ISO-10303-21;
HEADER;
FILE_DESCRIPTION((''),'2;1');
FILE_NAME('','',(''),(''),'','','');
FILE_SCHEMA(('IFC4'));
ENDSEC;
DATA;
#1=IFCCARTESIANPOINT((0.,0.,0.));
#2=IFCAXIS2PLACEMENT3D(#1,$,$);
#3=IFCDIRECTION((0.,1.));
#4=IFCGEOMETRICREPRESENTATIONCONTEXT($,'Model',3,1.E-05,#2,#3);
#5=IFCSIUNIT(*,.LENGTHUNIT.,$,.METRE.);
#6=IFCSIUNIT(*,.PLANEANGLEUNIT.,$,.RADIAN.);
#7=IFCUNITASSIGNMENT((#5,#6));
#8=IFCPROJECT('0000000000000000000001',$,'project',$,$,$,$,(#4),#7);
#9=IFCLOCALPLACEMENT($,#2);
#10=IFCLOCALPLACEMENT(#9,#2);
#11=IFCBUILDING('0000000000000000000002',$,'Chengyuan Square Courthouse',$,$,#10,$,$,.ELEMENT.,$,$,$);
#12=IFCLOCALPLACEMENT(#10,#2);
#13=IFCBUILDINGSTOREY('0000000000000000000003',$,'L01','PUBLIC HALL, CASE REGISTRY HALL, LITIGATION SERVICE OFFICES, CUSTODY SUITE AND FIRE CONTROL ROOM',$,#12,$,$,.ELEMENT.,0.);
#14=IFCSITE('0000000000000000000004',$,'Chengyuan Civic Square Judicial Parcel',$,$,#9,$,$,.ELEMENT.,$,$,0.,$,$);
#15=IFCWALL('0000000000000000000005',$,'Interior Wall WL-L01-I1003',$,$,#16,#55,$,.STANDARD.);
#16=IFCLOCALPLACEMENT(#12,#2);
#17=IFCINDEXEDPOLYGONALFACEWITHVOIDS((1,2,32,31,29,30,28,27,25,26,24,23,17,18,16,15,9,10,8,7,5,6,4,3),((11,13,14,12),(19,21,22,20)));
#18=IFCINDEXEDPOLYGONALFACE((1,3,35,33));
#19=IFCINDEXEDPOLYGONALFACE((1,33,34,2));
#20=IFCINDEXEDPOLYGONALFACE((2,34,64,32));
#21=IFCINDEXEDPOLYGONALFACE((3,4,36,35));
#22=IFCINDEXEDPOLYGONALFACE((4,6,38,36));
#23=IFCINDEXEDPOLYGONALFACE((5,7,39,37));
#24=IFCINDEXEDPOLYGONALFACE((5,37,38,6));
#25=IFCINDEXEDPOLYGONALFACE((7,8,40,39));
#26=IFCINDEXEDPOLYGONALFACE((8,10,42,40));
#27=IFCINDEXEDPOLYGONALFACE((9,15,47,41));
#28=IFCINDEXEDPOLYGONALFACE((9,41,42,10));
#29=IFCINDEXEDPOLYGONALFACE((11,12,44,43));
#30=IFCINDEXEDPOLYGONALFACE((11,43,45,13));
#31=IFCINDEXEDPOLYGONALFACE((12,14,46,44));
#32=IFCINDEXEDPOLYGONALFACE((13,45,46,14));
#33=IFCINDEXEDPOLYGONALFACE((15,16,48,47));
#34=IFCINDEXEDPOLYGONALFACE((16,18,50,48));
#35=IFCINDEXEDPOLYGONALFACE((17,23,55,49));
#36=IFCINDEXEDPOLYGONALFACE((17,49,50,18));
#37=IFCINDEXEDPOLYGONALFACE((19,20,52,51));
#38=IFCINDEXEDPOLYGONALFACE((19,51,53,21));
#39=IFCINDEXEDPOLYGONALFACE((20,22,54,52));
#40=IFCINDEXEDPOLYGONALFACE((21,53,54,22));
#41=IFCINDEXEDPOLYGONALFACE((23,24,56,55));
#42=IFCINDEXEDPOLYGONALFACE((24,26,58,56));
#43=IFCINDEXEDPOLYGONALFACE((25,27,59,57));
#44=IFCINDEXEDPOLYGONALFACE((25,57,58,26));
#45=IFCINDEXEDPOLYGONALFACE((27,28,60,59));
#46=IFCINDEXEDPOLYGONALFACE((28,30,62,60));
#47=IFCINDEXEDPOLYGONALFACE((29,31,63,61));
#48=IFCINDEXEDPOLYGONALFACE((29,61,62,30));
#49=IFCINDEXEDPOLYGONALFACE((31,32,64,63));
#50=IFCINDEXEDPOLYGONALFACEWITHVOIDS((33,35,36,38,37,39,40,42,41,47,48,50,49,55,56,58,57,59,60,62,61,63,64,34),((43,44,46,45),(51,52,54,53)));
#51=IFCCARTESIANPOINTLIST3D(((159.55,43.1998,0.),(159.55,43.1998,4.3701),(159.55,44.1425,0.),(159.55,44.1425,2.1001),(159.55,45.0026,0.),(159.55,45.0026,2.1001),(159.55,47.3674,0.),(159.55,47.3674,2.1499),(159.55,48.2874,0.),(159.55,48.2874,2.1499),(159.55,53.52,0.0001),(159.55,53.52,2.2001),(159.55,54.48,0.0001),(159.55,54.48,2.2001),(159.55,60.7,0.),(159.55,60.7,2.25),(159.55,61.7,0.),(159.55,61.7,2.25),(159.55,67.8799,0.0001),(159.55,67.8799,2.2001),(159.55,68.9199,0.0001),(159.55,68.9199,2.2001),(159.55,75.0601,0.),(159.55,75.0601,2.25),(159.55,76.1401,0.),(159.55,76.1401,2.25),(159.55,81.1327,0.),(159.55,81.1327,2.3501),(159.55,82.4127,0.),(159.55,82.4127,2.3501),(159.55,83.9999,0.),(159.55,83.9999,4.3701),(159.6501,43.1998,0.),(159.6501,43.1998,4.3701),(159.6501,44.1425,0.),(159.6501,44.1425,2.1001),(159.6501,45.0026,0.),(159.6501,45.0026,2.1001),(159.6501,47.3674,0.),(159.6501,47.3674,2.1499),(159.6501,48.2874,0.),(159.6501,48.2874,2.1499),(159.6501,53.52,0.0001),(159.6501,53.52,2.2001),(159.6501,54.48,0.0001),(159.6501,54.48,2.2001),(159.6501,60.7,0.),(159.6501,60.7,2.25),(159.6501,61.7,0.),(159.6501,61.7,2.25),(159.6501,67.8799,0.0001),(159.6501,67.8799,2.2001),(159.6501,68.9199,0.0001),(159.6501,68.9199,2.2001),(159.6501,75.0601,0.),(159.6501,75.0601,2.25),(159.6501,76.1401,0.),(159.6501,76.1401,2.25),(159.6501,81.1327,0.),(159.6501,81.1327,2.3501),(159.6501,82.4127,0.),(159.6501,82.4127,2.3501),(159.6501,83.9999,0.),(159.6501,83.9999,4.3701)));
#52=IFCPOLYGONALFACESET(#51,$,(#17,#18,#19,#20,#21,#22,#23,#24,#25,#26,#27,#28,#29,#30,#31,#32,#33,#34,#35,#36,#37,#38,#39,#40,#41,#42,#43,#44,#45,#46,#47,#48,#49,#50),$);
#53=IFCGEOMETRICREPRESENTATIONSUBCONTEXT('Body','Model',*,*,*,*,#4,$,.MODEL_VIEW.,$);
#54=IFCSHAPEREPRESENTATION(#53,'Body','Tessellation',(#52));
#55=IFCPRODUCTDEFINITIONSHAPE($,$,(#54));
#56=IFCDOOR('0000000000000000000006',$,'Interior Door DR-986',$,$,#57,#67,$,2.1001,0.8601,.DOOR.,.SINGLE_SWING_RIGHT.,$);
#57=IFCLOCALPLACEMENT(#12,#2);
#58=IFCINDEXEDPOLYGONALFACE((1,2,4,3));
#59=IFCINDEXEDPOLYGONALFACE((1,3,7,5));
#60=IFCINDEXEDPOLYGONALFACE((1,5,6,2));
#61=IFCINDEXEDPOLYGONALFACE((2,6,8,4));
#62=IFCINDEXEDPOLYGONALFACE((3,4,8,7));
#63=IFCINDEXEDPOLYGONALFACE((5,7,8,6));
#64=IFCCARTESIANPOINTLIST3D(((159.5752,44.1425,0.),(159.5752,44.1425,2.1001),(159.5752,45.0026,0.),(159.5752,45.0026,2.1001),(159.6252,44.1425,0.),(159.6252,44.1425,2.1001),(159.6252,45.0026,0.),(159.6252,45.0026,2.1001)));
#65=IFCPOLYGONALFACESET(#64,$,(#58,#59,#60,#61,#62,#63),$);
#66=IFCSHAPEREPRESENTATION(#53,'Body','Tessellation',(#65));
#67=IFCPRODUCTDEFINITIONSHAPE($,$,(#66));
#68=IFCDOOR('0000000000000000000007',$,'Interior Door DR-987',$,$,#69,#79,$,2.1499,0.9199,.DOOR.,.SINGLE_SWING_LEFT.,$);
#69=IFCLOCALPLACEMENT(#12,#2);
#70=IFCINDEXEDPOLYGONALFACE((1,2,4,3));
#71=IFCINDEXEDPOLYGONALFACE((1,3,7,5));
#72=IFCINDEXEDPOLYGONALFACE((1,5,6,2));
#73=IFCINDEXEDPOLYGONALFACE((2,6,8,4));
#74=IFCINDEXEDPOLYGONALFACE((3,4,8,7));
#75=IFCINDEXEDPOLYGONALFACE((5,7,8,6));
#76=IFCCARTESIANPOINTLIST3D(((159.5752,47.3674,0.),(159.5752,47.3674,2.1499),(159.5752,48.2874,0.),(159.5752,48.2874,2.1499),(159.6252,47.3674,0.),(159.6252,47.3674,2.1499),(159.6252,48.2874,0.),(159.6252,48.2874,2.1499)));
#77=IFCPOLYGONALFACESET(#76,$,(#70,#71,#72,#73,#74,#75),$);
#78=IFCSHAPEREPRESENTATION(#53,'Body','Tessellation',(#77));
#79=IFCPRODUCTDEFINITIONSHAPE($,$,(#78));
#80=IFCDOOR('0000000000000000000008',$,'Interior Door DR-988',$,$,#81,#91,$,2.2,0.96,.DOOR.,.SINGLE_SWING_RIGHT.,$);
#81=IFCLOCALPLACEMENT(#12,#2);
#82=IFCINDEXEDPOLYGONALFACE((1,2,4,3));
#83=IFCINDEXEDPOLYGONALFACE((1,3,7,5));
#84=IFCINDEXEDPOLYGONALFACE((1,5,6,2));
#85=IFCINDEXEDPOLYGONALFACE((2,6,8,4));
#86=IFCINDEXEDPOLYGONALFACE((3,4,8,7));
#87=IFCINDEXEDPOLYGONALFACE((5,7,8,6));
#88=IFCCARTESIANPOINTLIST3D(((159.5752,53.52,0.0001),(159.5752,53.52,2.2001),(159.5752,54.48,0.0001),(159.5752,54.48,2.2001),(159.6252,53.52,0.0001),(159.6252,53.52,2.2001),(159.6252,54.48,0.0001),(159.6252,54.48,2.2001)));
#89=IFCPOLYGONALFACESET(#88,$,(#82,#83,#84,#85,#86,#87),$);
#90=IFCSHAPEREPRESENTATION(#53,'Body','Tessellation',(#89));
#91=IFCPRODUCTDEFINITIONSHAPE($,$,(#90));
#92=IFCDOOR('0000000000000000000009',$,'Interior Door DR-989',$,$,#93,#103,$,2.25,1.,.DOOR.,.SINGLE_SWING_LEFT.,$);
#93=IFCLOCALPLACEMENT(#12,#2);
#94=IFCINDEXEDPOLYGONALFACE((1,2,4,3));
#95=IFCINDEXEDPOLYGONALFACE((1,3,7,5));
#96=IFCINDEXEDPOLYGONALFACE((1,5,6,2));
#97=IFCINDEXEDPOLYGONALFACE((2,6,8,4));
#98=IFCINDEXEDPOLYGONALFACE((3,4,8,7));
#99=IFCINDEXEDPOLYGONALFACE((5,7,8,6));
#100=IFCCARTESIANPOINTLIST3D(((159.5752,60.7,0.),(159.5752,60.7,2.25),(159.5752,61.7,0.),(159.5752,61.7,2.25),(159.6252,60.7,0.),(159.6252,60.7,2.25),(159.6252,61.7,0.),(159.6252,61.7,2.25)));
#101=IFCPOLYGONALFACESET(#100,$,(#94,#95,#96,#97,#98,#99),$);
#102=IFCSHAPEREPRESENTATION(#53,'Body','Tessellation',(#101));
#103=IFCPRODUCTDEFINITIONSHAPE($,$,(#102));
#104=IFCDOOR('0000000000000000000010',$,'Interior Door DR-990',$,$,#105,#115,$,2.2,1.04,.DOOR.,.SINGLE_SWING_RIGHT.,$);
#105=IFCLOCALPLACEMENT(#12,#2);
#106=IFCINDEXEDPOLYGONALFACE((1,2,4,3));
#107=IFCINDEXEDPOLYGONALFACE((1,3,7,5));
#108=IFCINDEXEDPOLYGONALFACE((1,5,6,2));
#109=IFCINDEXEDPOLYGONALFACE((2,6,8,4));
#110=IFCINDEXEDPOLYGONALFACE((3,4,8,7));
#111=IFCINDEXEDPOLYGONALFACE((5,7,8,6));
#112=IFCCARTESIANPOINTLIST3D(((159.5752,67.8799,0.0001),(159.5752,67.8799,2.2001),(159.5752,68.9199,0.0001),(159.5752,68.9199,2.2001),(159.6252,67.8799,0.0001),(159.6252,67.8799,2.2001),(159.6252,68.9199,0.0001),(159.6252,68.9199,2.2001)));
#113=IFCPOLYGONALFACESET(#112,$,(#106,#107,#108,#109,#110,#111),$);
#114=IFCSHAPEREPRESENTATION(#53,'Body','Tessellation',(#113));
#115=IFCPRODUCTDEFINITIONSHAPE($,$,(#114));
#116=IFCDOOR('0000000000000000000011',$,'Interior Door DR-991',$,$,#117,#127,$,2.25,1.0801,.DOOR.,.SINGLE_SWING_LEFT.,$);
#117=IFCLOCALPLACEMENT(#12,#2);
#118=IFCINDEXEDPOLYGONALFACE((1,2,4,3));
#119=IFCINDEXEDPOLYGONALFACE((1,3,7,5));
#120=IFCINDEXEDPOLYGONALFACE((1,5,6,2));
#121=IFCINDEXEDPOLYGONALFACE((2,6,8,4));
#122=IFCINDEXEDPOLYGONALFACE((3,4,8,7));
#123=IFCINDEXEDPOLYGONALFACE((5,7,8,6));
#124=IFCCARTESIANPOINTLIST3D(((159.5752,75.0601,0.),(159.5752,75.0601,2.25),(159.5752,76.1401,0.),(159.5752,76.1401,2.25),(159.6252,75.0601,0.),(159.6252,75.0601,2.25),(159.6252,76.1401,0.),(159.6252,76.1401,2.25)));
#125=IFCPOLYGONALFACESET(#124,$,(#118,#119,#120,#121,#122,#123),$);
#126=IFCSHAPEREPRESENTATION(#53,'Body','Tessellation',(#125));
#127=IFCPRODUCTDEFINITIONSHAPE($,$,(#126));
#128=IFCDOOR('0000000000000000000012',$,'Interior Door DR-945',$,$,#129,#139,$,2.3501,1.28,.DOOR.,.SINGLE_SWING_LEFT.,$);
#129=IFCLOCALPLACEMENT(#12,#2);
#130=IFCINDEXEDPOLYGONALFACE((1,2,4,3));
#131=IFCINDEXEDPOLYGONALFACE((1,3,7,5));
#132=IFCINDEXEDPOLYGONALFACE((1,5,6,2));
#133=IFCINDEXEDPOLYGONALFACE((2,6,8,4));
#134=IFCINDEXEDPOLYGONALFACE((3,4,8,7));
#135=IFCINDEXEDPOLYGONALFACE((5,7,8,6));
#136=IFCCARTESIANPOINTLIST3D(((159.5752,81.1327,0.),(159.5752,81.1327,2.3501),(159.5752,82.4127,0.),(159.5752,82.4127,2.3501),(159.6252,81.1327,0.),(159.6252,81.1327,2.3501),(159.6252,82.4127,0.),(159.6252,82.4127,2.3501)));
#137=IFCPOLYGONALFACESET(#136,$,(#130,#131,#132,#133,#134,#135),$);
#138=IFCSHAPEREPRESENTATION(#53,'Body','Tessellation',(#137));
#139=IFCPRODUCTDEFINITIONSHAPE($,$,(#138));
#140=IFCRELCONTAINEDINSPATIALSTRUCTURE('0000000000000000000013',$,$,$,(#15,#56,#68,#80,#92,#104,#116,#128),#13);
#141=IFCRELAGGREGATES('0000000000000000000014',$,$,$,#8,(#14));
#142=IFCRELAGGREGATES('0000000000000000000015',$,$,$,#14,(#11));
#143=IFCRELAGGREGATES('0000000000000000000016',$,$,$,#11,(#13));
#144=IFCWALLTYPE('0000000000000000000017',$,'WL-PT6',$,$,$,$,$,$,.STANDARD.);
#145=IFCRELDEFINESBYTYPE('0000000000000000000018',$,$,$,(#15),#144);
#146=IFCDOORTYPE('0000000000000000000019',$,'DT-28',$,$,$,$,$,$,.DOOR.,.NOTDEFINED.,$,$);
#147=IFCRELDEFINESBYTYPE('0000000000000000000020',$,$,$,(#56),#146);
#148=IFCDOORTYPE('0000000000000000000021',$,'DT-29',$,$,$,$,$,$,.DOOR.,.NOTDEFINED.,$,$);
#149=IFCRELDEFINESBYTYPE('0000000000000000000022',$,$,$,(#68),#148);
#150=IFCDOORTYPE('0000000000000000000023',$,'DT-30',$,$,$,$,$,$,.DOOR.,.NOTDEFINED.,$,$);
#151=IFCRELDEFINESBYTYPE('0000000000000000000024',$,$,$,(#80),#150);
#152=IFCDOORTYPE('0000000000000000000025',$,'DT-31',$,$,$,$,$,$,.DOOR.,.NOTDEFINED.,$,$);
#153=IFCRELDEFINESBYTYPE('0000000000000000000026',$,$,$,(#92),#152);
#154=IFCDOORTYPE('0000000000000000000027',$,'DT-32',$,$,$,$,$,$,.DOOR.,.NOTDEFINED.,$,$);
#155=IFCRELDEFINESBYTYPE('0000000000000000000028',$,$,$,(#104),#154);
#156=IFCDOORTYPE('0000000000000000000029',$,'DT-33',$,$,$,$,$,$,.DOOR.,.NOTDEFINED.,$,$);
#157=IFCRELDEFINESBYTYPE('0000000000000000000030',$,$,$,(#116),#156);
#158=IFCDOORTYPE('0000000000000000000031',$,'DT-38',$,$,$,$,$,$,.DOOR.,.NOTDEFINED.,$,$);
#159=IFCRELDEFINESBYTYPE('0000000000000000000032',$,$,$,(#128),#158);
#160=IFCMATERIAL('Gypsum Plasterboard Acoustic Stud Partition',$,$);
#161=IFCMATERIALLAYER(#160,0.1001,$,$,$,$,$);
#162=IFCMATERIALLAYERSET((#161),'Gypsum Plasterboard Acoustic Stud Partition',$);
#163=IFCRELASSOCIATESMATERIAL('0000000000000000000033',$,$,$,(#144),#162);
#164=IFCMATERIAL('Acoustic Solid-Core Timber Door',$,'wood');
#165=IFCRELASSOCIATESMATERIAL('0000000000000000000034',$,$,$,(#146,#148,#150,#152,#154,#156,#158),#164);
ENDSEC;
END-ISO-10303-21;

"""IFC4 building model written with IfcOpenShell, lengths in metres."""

from ifc_helpers import new_model, si_unit, direction, frame, frame_2d, origin, place, context, subcontext, project, spatial, rectangle, extrude, material, layer, layer_set, type_object, element, fill, save


model = new_model("IFC4")

# Units and contexts
model_context = context("Model", 3, precision=1e-05, world=origin(), true_north=direction((0.0, 1.0)))
body_context = subcontext(model_context, "Body", "Model", "MODEL_VIEW")
ifc_project = project(units=[si_unit("LENGTHUNIT", "METRE"), si_unit("PLANEANGLEUNIT", "RADIAN")], contexts=[model_context])

# Site, building, storey
site_placement = place(None, origin())
site = spatial("IfcSite", under=ifc_project, at=site_placement, Name="Chengyuan Civic Square Judicial Parcel", CompositionType="ELEMENT", RefElevation=0.0)
building_placement = place(site_placement, origin())
building = spatial("IfcBuilding", under=site, at=building_placement, Name="Chengyuan Square Courthouse", CompositionType="ELEMENT")
storey_placement = place(building_placement, origin())
storey = spatial("IfcBuildingStorey", under=building, at=storey_placement, Name="L01", Description="PUBLIC HALL, CASE REGISTRY HALL, LITIGATION SERVICE OFFICES, CUSTODY SUITE AND FIRE CONTROL ROOM", CompositionType="ELEMENT", Elevation=0.0)

# Shared definitions
ifc_material_1 = material(Name="Gypsum Plasterboard Acoustic Stud Partition")
ifc_layer_1 = layer(ifc_material_1, 0.1001)
ifc_layer_set_1 = layer_set([ifc_layer_1], Name="Gypsum Plasterboard Acoustic Stud Partition")
wall_type_1 = type_object("IfcWallType", Name="WL-PT6", PredefinedType="STANDARD", material=ifc_layer_set_1)

# Wall, openings, doors
wall_1_placement = place(storey_placement, frame((159.6001, 43.2, 0.0), z_axis=(0.0, 0.0, 1.0), x_axis=(0.0, 1.0, 0.0)))
wall_1 = element("IfcWall", 1, at=wall_1_placement, inside=storey, type_object=wall_type_1, Name="Interior Wall WL-L01-I1003", PredefinedType="STANDARD", context=body_context, shape_type="SweptSolid", body=[
    extrude(rectangle(XDim=40.8, YDim=0.1001, at=frame_2d((20.3999, 0.0))), origin(), (0.0, 0.0, 1.0), 4.3701),
])
opening_1_placement = place(wall_1_placement, frame((37.9326, 0.0, 0.0)))
opening_1 = element("IfcOpeningElement", 2, at=opening_1_placement, cuts=wall_1, PredefinedType="OPENING", context=body_context, shape_type="SweptSolid", body=[
    extrude(rectangle(XDim=1.28, YDim=2.3501, at=frame_2d((0.6401, 1.175))), frame((0.0, 0.062, 0.0), z_axis=(0.0, -1.0, 0.0), x_axis=(1.0, 0.0, 0.0)), (0.0, 0.0, 1.0), 0.124),
])
opening_2_placement = place(wall_1_placement, frame((0.9424, 0.0, 0.0)))
opening_2 = element("IfcOpeningElement", 3, at=opening_2_placement, cuts=wall_1, PredefinedType="OPENING", context=body_context, shape_type="SweptSolid", body=[
    extrude(rectangle(XDim=0.8601, YDim=2.1001, at=frame_2d((0.4302, 1.05))), frame((0.0, 0.062, 0.0), z_axis=(0.0, -1.0, 0.0), x_axis=(1.0, 0.0, 0.0)), (0.0, 0.0, 1.0), 0.124),
])
opening_3_placement = place(wall_1_placement, frame((4.1675, 0.0, 0.0)))
opening_3 = element("IfcOpeningElement", 4, at=opening_3_placement, cuts=wall_1, PredefinedType="OPENING", context=body_context, shape_type="SweptSolid", body=[
    extrude(rectangle(XDim=0.9199, YDim=2.1499, at=frame_2d((0.46, 1.075))), frame((0.0, 0.062, 0.0), z_axis=(0.0, -1.0, 0.0), x_axis=(1.0, 0.0, 0.0)), (0.0, 0.0, 1.0), 0.124),
])
opening_4_placement = place(wall_1_placement, frame((10.3201, 0.0, 0.0)))
opening_4 = element("IfcOpeningElement", 5, at=opening_4_placement, cuts=wall_1, PredefinedType="OPENING", context=body_context, shape_type="SweptSolid", body=[
    extrude(rectangle(XDim=0.96, YDim=2.2, at=frame_2d((0.48, 1.1001))), frame((0.0, 0.062, 0.0), z_axis=(0.0, -1.0, 0.0), x_axis=(1.0, 0.0, 0.0)), (0.0, 0.0, 1.0), 0.124),
])
opening_5_placement = place(wall_1_placement, frame((17.5, 0.0, 0.0)))
opening_5 = element("IfcOpeningElement", 6, at=opening_5_placement, cuts=wall_1, PredefinedType="OPENING", context=body_context, shape_type="SweptSolid", body=[
    extrude(rectangle(XDim=1.0, YDim=2.25, at=frame_2d((0.5, 1.125))), frame((0.0, 0.062, 0.0), z_axis=(0.0, -1.0, 0.0), x_axis=(1.0, 0.0, 0.0)), (0.0, 0.0, 1.0), 0.124),
])
opening_6_placement = place(wall_1_placement, frame((24.6799, 0.0, 0.0)))
opening_6 = element("IfcOpeningElement", 7, at=opening_6_placement, cuts=wall_1, PredefinedType="OPENING", context=body_context, shape_type="SweptSolid", body=[
    extrude(rectangle(XDim=1.04, YDim=2.2, at=frame_2d((0.52, 1.1001))), frame((0.0, 0.062, 0.0), z_axis=(0.0, -1.0, 0.0), x_axis=(1.0, 0.0, 0.0)), (0.0, 0.0, 1.0), 0.124),
])
opening_7_placement = place(wall_1_placement, frame((31.8601, 0.0, 0.0)))
opening_7 = element("IfcOpeningElement", 8, at=opening_7_placement, cuts=wall_1, PredefinedType="OPENING", context=body_context, shape_type="SweptSolid", body=[
    extrude(rectangle(XDim=1.0801, YDim=2.25, at=frame_2d((0.54, 1.125))), frame((0.0, 0.062, 0.0), z_axis=(0.0, -1.0, 0.0), x_axis=(1.0, 0.0, 0.0)), (0.0, 0.0, 1.0), 0.124),
])
ifc_material_2 = material(Name="Acoustic Solid-Core Timber Door", Category="wood")
door_type_1 = type_object("IfcDoorType", Name="DT-28", OperationType="NOTDEFINED", PredefinedType="DOOR", material=ifc_material_2)
door_1_placement = place(opening_2_placement, origin())
door_1 = element("IfcDoor", 9, at=door_1_placement, inside=storey, type_object=door_type_1, Name="Interior Door DR-986", OperationType="SINGLE_SWING_RIGHT", OverallHeight=2.1001, OverallWidth=0.8601, PredefinedType="DOOR", context=body_context, shape_type="SweptSolid", body=[
    extrude(rectangle(XDim=0.8601, YDim=2.1001, at=frame_2d((0.4302, 1.05))), frame((0.0, 0.0249, 0.0), z_axis=(0.0, -1.0, 0.0), x_axis=(1.0, 0.0, 0.0)), (0.0, 0.0, 1.0), 0.05),
])
fill(opening_2, door_1)
door_type_2 = type_object("IfcDoorType", Name="DT-29", OperationType="NOTDEFINED", PredefinedType="DOOR", material=ifc_material_2)
door_2_placement = place(opening_3_placement, origin())
door_2 = element("IfcDoor", 10, at=door_2_placement, inside=storey, type_object=door_type_2, Name="Interior Door DR-987", OperationType="SINGLE_SWING_LEFT", OverallHeight=2.1499, OverallWidth=0.9199, PredefinedType="DOOR", context=body_context, shape_type="SweptSolid", body=[
    extrude(rectangle(XDim=0.9199, YDim=2.1499, at=frame_2d((0.46, 1.075))), frame((0.0, 0.0249, 0.0), z_axis=(0.0, -1.0, 0.0), x_axis=(1.0, 0.0, 0.0)), (0.0, 0.0, 1.0), 0.05),
])
fill(opening_3, door_2)
door_type_3 = type_object("IfcDoorType", Name="DT-30", OperationType="NOTDEFINED", PredefinedType="DOOR", material=ifc_material_2)
door_3_placement = place(opening_4_placement, origin())
door_3 = element("IfcDoor", 11, at=door_3_placement, inside=storey, type_object=door_type_3, Name="Interior Door DR-988", OperationType="SINGLE_SWING_RIGHT", OverallHeight=2.2, OverallWidth=0.96, PredefinedType="DOOR", context=body_context, shape_type="SweptSolid", body=[
    extrude(rectangle(XDim=0.96, YDim=2.2, at=frame_2d((0.48, 1.1001))), frame((0.0, 0.0249, 0.0), z_axis=(0.0, -1.0, 0.0), x_axis=(1.0, 0.0, 0.0)), (0.0, 0.0, 1.0), 0.05),
])
fill(opening_4, door_3)
door_type_4 = type_object("IfcDoorType", Name="DT-31", OperationType="NOTDEFINED", PredefinedType="DOOR", material=ifc_material_2)
door_4_placement = place(opening_5_placement, origin())
door_4 = element("IfcDoor", 12, at=door_4_placement, inside=storey, type_object=door_type_4, Name="Interior Door DR-989", OperationType="SINGLE_SWING_LEFT", OverallHeight=2.25, OverallWidth=1.0, PredefinedType="DOOR", context=body_context, shape_type="SweptSolid", body=[
    extrude(rectangle(XDim=1.0, YDim=2.25, at=frame_2d((0.5, 1.125))), frame((0.0, 0.0249, 0.0), z_axis=(0.0, -1.0, 0.0), x_axis=(1.0, 0.0, 0.0)), (0.0, 0.0, 1.0), 0.05),
])
fill(opening_5, door_4)
door_type_5 = type_object("IfcDoorType", Name="DT-32", OperationType="NOTDEFINED", PredefinedType="DOOR", material=ifc_material_2)
door_5_placement = place(opening_6_placement, origin())
door_5 = element("IfcDoor", 13, at=door_5_placement, inside=storey, type_object=door_type_5, Name="Interior Door DR-990", OperationType="SINGLE_SWING_RIGHT", OverallHeight=2.2, OverallWidth=1.04, PredefinedType="DOOR", context=body_context, shape_type="SweptSolid", body=[
    extrude(rectangle(XDim=1.04, YDim=2.2, at=frame_2d((0.52, 1.1001))), frame((0.0, 0.0249, 0.0), z_axis=(0.0, -1.0, 0.0), x_axis=(1.0, 0.0, 0.0)), (0.0, 0.0, 1.0), 0.05),
])
fill(opening_6, door_5)
door_type_6 = type_object("IfcDoorType", Name="DT-33", OperationType="NOTDEFINED", PredefinedType="DOOR", material=ifc_material_2)
door_6_placement = place(opening_7_placement, origin())
door_6 = element("IfcDoor", 14, at=door_6_placement, inside=storey, type_object=door_type_6, Name="Interior Door DR-991", OperationType="SINGLE_SWING_LEFT", OverallHeight=2.25, OverallWidth=1.0801, PredefinedType="DOOR", context=body_context, shape_type="SweptSolid", body=[
    extrude(rectangle(XDim=1.0801, YDim=2.25, at=frame_2d((0.54, 1.125))), frame((0.0, 0.0249, 0.0), z_axis=(0.0, -1.0, 0.0), x_axis=(1.0, 0.0, 0.0)), (0.0, 0.0, 1.0), 0.05),
])
fill(opening_7, door_6)
door_type_7 = type_object("IfcDoorType", Name="DT-38", OperationType="NOTDEFINED", PredefinedType="DOOR", material=ifc_material_2)
door_7_placement = place(opening_1_placement, origin())
door_7 = element("IfcDoor", 15, at=door_7_placement, inside=storey, type_object=door_type_7, Name="Interior Door DR-945", OperationType="SINGLE_SWING_LEFT", OverallHeight=2.3501, OverallWidth=1.28, PredefinedType="DOOR", context=body_context, shape_type="SweptSolid", body=[
    extrude(rectangle(XDim=1.28, YDim=2.3501, at=frame_2d((0.6401, 1.175))), frame((0.0, 0.0249, 0.0), z_axis=(0.0, -1.0, 0.0), x_axis=(1.0, 0.0, 0.0)), (0.0, 0.0, 1.0), 0.05),
])
fill(opening_1, door_7)

save(model, "model.ifc")
